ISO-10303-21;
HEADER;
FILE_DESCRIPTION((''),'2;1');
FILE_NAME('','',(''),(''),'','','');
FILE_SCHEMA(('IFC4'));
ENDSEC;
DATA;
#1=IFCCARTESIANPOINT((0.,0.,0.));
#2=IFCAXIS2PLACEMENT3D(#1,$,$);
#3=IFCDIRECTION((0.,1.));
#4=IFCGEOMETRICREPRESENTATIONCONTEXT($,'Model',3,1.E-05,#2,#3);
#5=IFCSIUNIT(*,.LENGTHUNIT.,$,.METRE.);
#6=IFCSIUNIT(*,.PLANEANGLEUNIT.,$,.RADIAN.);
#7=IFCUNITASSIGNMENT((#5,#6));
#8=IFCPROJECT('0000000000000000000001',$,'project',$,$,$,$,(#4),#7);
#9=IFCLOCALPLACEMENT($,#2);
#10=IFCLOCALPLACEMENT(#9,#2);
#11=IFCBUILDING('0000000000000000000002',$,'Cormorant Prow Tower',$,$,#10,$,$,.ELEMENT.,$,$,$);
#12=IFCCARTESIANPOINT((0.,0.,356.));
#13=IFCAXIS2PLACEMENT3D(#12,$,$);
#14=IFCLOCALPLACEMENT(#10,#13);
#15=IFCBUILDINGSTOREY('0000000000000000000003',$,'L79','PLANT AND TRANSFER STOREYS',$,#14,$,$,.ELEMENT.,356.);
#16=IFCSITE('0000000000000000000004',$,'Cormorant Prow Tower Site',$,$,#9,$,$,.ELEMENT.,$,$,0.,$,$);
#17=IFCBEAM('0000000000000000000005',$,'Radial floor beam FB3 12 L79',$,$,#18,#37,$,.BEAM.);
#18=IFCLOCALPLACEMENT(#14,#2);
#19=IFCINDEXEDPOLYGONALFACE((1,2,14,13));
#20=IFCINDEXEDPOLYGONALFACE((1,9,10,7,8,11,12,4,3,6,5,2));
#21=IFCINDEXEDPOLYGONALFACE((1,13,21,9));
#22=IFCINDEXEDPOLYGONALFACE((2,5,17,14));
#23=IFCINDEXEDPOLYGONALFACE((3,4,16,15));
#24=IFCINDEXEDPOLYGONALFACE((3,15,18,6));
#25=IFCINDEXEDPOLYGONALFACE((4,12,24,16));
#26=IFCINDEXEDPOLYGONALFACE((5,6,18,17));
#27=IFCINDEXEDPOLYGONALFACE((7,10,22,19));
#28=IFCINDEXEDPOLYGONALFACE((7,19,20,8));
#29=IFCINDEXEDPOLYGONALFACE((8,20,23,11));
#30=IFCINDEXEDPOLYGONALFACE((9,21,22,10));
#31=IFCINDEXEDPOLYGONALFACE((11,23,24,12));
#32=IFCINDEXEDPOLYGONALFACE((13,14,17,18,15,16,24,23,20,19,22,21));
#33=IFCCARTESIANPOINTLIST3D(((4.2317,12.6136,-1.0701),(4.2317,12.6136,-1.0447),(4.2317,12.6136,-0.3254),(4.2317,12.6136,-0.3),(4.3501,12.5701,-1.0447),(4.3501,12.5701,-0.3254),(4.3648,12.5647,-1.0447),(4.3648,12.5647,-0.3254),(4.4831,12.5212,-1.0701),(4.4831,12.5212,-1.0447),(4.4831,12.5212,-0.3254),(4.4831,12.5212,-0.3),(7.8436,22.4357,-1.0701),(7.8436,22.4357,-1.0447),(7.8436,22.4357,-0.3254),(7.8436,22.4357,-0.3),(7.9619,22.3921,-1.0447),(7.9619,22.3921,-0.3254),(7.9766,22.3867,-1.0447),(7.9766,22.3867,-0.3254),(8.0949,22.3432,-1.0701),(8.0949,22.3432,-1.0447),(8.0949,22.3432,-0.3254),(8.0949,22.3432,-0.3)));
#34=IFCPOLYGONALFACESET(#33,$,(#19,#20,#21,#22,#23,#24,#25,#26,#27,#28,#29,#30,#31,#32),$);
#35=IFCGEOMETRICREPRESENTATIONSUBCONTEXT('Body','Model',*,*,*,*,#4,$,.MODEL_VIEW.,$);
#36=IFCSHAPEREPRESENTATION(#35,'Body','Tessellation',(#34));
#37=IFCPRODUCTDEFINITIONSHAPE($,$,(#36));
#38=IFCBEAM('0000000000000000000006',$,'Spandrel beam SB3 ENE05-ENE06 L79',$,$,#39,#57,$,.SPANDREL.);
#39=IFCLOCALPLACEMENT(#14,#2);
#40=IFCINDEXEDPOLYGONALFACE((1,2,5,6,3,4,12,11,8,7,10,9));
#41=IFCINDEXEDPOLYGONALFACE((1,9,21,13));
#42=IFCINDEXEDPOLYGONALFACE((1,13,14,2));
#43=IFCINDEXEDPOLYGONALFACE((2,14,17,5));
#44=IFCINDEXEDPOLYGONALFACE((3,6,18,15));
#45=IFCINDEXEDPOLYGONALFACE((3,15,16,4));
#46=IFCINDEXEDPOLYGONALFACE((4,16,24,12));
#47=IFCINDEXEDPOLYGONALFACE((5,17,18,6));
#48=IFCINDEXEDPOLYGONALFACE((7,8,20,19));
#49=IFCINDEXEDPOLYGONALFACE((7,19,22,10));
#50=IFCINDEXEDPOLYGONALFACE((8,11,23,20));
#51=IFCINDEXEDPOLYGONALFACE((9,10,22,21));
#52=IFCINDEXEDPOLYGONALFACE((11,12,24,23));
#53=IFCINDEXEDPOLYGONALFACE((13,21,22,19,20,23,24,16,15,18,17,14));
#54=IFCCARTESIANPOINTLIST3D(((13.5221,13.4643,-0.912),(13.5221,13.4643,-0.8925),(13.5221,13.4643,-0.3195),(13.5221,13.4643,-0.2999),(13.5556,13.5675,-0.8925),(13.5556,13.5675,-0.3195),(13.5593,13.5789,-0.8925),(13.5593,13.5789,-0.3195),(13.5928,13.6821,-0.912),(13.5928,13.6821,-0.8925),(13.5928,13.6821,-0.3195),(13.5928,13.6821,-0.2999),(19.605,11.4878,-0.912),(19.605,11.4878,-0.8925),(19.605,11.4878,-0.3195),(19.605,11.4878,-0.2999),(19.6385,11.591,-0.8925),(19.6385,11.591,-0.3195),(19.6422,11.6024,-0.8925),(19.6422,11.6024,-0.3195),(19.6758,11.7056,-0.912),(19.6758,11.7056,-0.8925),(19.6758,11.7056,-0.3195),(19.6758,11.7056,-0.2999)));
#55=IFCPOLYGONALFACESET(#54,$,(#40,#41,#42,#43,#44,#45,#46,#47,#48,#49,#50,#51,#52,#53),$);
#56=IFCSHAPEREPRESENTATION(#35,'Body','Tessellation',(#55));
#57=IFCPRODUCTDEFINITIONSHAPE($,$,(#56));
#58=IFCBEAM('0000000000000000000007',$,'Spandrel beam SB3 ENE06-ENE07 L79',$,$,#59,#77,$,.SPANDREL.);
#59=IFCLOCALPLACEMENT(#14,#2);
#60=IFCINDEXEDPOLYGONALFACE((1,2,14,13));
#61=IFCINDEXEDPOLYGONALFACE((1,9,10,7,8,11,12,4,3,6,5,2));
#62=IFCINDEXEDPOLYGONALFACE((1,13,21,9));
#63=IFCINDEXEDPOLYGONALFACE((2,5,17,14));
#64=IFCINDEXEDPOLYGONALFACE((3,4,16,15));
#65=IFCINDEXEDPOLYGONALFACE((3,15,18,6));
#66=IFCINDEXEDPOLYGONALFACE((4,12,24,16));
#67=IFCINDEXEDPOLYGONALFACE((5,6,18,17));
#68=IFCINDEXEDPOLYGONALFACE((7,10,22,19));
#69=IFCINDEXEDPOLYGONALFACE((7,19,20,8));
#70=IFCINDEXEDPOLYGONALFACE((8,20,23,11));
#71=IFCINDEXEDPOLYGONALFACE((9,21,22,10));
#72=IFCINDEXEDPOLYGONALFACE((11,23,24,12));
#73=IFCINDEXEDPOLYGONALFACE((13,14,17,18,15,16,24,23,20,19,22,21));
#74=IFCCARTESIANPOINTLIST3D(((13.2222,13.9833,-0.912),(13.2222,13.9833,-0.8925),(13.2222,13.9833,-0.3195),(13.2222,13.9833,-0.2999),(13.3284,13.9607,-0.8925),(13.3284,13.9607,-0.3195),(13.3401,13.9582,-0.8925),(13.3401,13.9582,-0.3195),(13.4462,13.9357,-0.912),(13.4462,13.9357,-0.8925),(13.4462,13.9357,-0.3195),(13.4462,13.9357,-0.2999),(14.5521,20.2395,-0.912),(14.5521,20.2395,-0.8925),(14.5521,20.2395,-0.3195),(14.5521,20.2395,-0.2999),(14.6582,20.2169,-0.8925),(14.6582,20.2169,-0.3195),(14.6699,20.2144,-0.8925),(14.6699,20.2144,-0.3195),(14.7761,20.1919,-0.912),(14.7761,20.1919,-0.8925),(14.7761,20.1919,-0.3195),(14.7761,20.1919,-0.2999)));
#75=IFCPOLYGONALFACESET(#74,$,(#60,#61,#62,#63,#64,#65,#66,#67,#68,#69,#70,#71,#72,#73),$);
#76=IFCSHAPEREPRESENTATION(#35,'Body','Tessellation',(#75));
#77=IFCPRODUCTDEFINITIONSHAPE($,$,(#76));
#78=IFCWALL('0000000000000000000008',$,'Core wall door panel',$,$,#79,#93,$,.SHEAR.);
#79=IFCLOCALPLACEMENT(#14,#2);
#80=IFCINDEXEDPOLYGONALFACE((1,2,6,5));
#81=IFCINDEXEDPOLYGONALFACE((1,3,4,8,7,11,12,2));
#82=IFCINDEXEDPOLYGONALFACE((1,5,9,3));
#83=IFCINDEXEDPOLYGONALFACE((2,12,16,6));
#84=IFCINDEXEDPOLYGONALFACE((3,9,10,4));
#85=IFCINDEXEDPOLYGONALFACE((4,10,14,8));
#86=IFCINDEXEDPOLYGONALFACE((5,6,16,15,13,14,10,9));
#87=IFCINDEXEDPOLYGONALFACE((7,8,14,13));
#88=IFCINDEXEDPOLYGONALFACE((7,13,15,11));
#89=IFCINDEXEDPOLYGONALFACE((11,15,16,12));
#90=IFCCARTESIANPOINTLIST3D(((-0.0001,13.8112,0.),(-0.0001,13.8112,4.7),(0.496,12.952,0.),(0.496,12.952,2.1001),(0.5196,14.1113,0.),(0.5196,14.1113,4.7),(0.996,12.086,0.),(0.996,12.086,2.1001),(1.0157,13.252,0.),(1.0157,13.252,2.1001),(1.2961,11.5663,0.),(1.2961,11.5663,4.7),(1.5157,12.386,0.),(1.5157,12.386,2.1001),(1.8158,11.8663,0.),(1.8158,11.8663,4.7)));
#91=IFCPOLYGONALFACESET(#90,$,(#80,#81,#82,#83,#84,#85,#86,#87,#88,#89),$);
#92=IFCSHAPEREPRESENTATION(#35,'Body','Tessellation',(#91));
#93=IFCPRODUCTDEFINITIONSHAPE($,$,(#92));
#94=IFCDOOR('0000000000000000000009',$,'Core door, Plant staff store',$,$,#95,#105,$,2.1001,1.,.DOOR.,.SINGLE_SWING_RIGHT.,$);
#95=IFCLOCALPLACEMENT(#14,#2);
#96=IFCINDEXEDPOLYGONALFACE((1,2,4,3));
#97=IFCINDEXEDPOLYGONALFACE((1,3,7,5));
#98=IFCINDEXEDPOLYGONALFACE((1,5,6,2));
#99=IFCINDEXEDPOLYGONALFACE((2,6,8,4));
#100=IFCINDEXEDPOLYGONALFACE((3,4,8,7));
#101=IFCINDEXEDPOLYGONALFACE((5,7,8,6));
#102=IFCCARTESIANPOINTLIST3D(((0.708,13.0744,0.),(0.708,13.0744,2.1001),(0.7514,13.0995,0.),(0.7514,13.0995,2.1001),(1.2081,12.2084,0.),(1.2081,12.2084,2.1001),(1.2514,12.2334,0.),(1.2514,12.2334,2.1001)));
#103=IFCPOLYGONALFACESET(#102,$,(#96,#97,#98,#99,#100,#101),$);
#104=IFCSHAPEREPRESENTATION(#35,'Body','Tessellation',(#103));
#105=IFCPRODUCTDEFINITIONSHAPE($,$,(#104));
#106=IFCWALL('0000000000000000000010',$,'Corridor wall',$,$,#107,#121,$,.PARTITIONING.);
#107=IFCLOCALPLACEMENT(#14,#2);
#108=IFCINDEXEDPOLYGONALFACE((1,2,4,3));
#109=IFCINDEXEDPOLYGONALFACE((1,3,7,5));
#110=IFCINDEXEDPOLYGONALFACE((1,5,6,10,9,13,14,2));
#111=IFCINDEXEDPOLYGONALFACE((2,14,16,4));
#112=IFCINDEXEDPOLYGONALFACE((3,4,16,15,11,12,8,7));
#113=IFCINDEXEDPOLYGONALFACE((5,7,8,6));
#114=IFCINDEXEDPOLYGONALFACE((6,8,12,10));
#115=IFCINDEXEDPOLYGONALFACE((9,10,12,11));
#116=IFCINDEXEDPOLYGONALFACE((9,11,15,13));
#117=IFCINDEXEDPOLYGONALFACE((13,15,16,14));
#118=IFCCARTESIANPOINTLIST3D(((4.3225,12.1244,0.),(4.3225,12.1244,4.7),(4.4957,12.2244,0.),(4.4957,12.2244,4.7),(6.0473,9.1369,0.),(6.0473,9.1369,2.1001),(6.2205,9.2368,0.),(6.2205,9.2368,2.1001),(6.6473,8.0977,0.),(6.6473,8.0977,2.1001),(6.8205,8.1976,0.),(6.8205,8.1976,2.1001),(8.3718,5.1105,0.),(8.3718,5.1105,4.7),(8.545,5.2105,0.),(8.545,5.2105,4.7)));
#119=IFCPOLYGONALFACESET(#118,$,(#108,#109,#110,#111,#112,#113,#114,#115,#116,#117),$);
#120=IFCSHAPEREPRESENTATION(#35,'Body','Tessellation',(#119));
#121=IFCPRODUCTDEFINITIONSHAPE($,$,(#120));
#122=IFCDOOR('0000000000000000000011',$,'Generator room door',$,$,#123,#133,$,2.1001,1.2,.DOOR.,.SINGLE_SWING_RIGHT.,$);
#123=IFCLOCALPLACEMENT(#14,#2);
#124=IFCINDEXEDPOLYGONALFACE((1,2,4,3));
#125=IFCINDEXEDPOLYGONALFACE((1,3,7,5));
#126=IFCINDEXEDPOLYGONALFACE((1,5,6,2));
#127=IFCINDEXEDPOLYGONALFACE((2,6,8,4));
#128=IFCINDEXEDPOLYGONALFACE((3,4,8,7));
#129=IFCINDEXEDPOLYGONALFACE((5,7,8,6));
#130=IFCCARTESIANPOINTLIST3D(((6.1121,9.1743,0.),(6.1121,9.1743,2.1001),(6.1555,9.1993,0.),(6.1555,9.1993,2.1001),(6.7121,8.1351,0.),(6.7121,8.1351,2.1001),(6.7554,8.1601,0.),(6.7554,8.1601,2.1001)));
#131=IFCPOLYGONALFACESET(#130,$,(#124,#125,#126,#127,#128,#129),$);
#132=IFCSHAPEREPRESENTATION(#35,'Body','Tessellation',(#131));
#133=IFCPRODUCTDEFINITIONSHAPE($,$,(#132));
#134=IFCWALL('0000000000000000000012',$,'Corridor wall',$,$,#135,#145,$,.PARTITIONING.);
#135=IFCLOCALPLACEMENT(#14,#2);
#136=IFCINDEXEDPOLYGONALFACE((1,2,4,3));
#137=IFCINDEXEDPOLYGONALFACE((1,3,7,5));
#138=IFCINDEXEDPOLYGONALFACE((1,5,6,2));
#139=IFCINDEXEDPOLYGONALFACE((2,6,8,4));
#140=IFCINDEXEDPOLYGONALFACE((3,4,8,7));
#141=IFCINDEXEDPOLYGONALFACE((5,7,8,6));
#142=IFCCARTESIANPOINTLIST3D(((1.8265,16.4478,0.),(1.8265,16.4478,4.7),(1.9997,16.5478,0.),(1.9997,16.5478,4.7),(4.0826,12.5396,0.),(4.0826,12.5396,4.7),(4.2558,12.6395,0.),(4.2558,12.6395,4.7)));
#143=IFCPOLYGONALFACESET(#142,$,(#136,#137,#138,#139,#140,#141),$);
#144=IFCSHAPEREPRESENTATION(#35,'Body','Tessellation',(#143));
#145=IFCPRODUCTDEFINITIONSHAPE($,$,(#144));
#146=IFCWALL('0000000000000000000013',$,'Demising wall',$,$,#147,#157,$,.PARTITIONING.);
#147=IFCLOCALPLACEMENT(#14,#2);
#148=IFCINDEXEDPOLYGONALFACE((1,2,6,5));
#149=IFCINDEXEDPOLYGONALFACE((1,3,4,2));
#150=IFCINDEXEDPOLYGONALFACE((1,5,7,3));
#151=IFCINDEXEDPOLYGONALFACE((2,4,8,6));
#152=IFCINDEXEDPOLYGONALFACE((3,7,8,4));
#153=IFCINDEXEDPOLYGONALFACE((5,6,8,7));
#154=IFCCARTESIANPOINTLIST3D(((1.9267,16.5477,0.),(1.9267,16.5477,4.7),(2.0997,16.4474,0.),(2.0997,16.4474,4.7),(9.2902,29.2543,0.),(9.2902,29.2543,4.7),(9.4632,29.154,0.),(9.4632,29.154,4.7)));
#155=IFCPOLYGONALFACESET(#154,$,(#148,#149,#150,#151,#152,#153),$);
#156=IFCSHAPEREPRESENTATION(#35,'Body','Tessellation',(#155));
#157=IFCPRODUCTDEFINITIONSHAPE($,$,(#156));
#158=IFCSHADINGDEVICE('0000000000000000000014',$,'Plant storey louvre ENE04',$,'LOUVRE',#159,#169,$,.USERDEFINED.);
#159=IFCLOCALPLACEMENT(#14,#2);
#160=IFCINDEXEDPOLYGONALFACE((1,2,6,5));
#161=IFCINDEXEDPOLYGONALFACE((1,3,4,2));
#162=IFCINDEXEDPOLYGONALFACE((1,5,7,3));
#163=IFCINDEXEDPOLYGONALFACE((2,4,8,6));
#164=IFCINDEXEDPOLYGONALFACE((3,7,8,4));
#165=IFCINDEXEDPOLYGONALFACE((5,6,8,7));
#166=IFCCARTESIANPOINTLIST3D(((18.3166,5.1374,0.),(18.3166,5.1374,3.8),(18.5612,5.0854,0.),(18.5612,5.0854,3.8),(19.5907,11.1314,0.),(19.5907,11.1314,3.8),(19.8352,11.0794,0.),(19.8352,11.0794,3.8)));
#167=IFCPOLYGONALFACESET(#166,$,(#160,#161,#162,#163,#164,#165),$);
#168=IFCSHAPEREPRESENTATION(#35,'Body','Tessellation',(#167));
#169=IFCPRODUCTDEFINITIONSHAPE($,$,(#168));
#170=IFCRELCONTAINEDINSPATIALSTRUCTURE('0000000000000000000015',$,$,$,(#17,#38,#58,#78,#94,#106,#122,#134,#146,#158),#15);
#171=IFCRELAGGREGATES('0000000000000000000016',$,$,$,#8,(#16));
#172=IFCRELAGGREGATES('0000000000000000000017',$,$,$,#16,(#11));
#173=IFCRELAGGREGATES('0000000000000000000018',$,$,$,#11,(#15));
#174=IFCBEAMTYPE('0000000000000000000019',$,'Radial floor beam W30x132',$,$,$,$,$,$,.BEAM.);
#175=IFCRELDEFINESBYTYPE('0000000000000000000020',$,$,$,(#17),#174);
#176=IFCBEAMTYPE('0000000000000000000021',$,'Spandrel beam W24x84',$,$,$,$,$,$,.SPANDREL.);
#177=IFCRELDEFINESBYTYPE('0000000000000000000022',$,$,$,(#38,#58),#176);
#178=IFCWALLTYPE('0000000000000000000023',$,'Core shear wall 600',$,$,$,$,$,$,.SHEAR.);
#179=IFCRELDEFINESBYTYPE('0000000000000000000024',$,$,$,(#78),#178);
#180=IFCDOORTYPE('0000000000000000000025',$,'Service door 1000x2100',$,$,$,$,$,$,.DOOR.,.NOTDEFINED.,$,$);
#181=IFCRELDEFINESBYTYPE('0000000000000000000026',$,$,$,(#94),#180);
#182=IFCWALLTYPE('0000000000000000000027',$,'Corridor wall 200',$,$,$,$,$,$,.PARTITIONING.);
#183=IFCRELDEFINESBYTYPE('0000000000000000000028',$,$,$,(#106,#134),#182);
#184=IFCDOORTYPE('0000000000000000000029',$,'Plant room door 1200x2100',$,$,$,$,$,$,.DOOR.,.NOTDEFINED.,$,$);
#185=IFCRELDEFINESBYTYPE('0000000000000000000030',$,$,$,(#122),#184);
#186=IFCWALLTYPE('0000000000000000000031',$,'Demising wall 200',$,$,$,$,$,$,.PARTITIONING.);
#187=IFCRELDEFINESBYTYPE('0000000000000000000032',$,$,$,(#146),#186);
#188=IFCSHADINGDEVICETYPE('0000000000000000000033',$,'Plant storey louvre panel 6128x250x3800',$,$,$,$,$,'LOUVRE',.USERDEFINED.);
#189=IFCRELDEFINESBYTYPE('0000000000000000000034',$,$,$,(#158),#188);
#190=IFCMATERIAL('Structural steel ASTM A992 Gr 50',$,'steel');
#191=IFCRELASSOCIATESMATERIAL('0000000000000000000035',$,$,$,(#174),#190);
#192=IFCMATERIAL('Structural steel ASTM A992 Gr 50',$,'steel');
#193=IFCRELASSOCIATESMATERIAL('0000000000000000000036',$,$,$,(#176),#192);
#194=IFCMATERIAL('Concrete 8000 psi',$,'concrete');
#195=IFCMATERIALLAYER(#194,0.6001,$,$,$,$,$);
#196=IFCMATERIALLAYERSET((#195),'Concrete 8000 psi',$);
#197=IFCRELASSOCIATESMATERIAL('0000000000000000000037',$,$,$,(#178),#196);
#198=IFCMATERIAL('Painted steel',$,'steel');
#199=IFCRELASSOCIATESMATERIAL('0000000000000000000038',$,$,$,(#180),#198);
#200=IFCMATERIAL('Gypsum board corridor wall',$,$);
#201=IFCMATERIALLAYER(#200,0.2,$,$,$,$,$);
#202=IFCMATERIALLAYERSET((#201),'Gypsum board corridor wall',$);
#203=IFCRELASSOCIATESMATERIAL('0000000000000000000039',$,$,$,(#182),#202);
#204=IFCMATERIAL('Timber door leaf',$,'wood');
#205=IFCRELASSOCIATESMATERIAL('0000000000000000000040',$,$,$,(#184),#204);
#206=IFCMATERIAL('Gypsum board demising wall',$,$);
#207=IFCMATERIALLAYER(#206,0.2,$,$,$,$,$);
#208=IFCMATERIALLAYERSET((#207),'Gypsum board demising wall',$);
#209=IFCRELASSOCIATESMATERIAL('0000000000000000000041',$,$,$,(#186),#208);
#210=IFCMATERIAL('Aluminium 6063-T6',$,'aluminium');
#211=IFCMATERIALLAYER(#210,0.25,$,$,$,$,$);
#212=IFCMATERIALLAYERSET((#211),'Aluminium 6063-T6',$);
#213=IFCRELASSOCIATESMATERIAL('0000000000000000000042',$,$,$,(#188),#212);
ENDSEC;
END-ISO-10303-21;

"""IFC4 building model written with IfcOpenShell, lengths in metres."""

from ifc_helpers import new_model, si_unit, direction, frame, frame_2d, origin, origin_2d, place, context, subcontext, project, spatial, rectangle, i_section, extrude, material, layer, layer_set, material_profile, profile_set, type_object, element, fill, save


model = new_model("IFC4")

# Units and contexts
model_context = context("Model", 3, precision=1e-05, world=origin(), true_north=direction((0.0, 1.0)))
body_context = subcontext(model_context, "Body", "Model", "MODEL_VIEW")
ifc_project = project(units=[si_unit("LENGTHUNIT", "METRE"), si_unit("PLANEANGLEUNIT", "RADIAN")], contexts=[model_context])

# Site, building, storey
site_placement = place(None, origin())
site = spatial("IfcSite", under=ifc_project, at=site_placement, Name="Cormorant Prow Tower Site", CompositionType="ELEMENT", RefElevation=0.0)
building_placement = place(site_placement, origin())
building = spatial("IfcBuilding", under=site, at=building_placement, Name="Cormorant Prow Tower", CompositionType="ELEMENT")
storey_placement = place(building_placement, frame((0.0, 0.0, 356.0)))
storey = spatial("IfcBuildingStorey", under=building, at=storey_placement, Name="L79", Description="PLANT AND TRANSFER STOREYS", CompositionType="ELEMENT", Elevation=356.0)

# Beams
ifc_material_1 = material(Name="Structural steel ASTM A992 Gr 50", Category="steel")
ifc_material_profile_1 = material_profile(ifc_material_1, i_section(OverallWidth=0.2678, OverallDepth=0.77, WebThickness=0.0156, FlangeThickness=0.0254, at=origin_2d()), Name="W30x132")
ifc_profile_set_1 = profile_set([ifc_material_profile_1], Name="Structural steel ASTM A992 Gr 50")
beam_type_1 = type_object("IfcBeamType", Name="Radial floor beam W30x132", PredefinedType="BEAM", material=ifc_profile_set_1)
beam_placement = place(storey_placement, frame((4.3574, 12.5674, -0.6851), z_axis=(0.345131, 0.938554, 0.0), x_axis=(-0.938554, 0.345131, 0.0)))
element("IfcBeam", 1, at=beam_placement, inside=storey, type_object=beam_type_1, Name="Radial floor beam FB3 12 L79", PredefinedType="BEAM", context=body_context, shape_type="SweptSolid", body=[
    extrude(i_section(OverallWidth=0.2678, OverallDepth=0.77, WebThickness=0.0156, FlangeThickness=0.0254, at=origin_2d()), origin(), (0.0, 0.0, 1.0), 10.4651),
])
ifc_material_2 = material(Name="Structural steel ASTM A992 Gr 50", Category="steel")
ifc_material_profile_2 = material_profile(ifc_material_2, i_section(OverallWidth=0.229, OverallDepth=0.6121, WebThickness=0.012, FlangeThickness=0.0195, at=origin_2d()), Name="W24x84")
ifc_profile_set_2 = profile_set([ifc_material_profile_2], Name="Structural steel ASTM A992 Gr 50")
beam_type_2 = type_object("IfcBeamType", Name="Spandrel beam W24x84", PredefinedType="SPANDREL", material=ifc_profile_set_2)
for number, where, z_axis, x_axis, name in (
    (2, (19.6404, 11.5967, -0.606), (-0.951053, 0.309027, 0.0), (-0.309027, -0.951053, 0.0), "Spandrel beam SB3 ENE05-ENE06 L79"),
    (3, (13.3342, 13.9595, -0.606), (0.20792, 0.978146, 0.0), (-0.978146, 0.20792, 0.0), "Spandrel beam SB3 ENE06-ENE07 L79"),
):
    element("IfcBeam", number, at=place(storey_placement, frame(where, z_axis=z_axis, x_axis=x_axis)), inside=storey, type_object=beam_type_2, Name=name, PredefinedType="SPANDREL", context=body_context, shape_type="SweptSolid", body=[
        extrude(i_section(OverallWidth=0.229, OverallDepth=0.6121, WebThickness=0.012, FlangeThickness=0.0195, at=origin_2d()), origin(), (0.0, 0.0, 1.0), 6.396),
    ])

# Walls, openings, doors
ifc_material_3 = material(Name="Concrete 8000 psi", Category="concrete")
ifc_layer_1 = layer(ifc_material_3, 0.6001)
ifc_layer_set_1 = layer_set([ifc_layer_1], Name="Concrete 8000 psi")
wall_type_1 = type_object("IfcWallType", Name="Core shear wall 600", PredefinedType="SHEAR", material=ifc_layer_set_1)
wall_1_placement = place(storey_placement, frame((1.5559, 11.7163, 0.0), z_axis=(0.0, 0.0, 1.0), x_axis=(-0.500019, 0.866015, 0.0)))
wall_1 = element("IfcWall", 4, at=wall_1_placement, inside=storey, type_object=wall_type_1, Name="Core wall door panel", PredefinedType="SHEAR", context=body_context, shape_type="SweptSolid", body=[
    extrude(rectangle(XDim=2.5923, YDim=0.6001, at=frame_2d((1.2961, 0.0))), origin(), (0.0, 0.0, 1.0), 4.7),
])
opening_1_placement = place(wall_1_placement, frame((0.6001, 0.0, 0.0)))
opening_1 = element("IfcOpeningElement", 5, at=opening_1_placement, cuts=wall_1, PredefinedType="OPENING", context=body_context, shape_type="SweptSolid", body=[
    extrude(rectangle(XDim=1.0, YDim=2.1001, at=frame_2d((0.5, 1.05))), frame((0.0, 0.3101, 0.0), z_axis=(0.0, -1.0, 0.0), x_axis=(1.0, 0.0, 0.0)), (0.0, 0.0, 1.0), 0.6201),
])
ifc_material_4 = material(Name="Painted steel", Category="steel")
door_type_1 = type_object("IfcDoorType", Name="Service door 1000x2100", OperationType="NOTDEFINED", PredefinedType="DOOR", material=ifc_material_4)
door_1_placement = place(opening_1_placement, origin())
door_1 = element("IfcDoor", 6, at=door_1_placement, inside=storey, type_object=door_type_1, Name="Core door, Plant staff store", OperationType="SINGLE_SWING_RIGHT", OverallHeight=2.1001, OverallWidth=1.0, PredefinedType="DOOR", context=body_context, shape_type="SweptSolid", body=[
    extrude(rectangle(XDim=1.0, YDim=2.1001, at=frame_2d((0.5, 1.05))), frame((0.0, 0.0552, 0.0), z_axis=(0.0, -1.0, 0.0), x_axis=(1.0, 0.0, 0.0)), (0.0, 0.0, 1.0), 0.05),
])
fill(opening_1, door_1)
ifc_material_5 = material(Name="Gypsum board corridor wall")
ifc_layer_2 = layer(ifc_material_5, 0.2)
ifc_layer_set_2 = layer_set([ifc_layer_2], Name="Gypsum board corridor wall")
wall_type_2 = type_object("IfcWallType", Name="Corridor wall 200", PredefinedType="PARTITIONING", material=ifc_layer_set_2)
wall_2_placement = place(storey_placement, frame((4.4092, 12.1743, 0.0), z_axis=(0.0, 0.0, 1.0), x_axis=(0.499984, -0.866034, 0.0)))
wall_2 = element("IfcWall", 7, at=wall_2_placement, inside=storey, type_object=wall_type_2, Name="Corridor wall", PredefinedType="PARTITIONING", context=body_context, shape_type="SweptSolid", body=[
    extrude(rectangle(XDim=8.0989, YDim=0.2, at=frame_2d((4.0493, 0.0))), origin(), (0.0, 0.0, 1.0), 4.7),
])
opening_2_placement = place(wall_2_placement, frame((3.4495, 0.0, 0.0)))
opening_2 = element("IfcOpeningElement", 8, at=opening_2_placement, cuts=wall_2, PredefinedType="OPENING", context=body_context, shape_type="SweptSolid", body=[
    extrude(rectangle(XDim=1.2, YDim=2.1001, at=frame_2d((0.6001, 1.05))), frame((0.0, 0.1099, 0.0), z_axis=(0.0, -1.0, 0.0), x_axis=(1.0, 0.0, 0.0)), (0.0, 0.0, 1.0), 0.22),
])
ifc_material_6 = material(Name="Timber door leaf", Category="wood")
door_type_2 = type_object("IfcDoorType", Name="Plant room door 1200x2100", OperationType="NOTDEFINED", PredefinedType="DOOR", material=ifc_material_6)
door_2_placement = place(opening_2_placement, origin())
door_2 = element("IfcDoor", 9, at=door_2_placement, inside=storey, type_object=door_type_2, Name="Generator room door", OperationType="SINGLE_SWING_RIGHT", OverallHeight=2.1001, OverallWidth=1.2, PredefinedType="DOOR", context=body_context, shape_type="SweptSolid", body=[
    extrude(rectangle(XDim=1.2, YDim=2.1001, at=frame_2d((0.6001, 1.05))), frame((0.0, 0.0249, 0.0), z_axis=(0.0, -1.0, 0.0), x_axis=(1.0, 0.0, 0.0)), (0.0, 0.0, 1.0), 0.05),
])
fill(opening_2, door_2)

# Walls
wall_3_placement = place(storey_placement, frame((1.9131, 16.4978, 0.0), z_axis=(0.0, 0.0, 1.0), x_axis=(0.49995, -0.866054, 0.0)))
element("IfcWall", 10, at=wall_3_placement, inside=storey, type_object=wall_type_2, Name="Corridor wall", PredefinedType="PARTITIONING", context=body_context, shape_type="SweptSolid", body=[
    extrude(rectangle(XDim=4.5127, YDim=0.2, at=frame_2d((2.2563, 0.0))), origin(), (0.0, 0.0, 1.0), 4.7),
])
ifc_material_7 = material(Name="Gypsum board demising wall")
ifc_layer_3 = layer(ifc_material_7, 0.2)
ifc_layer_set_3 = layer_set([ifc_layer_3], Name="Gypsum board demising wall")
wall_type_3 = type_object("IfcWallType", Name="Demising wall 200", PredefinedType="PARTITIONING", material=ifc_layer_set_3)
wall_4_placement = place(storey_placement, frame((2.0132, 16.4976, 0.0), z_axis=(0.0, 0.0, 1.0), x_axis=(0.501399, 0.865216, 0.0)))
element("IfcWall", 11, at=wall_4_placement, inside=storey, type_object=wall_type_3, Name="Demising wall", PredefinedType="PARTITIONING", context=body_context, shape_type="SweptSolid", body=[
    extrude(rectangle(XDim=14.686, YDim=0.2, at=frame_2d((7.343, 0.0))), origin(), (0.0, 0.0, 1.0), 4.7),
])

# Shading device
ifc_material_8 = material(Name="Aluminium 6063-T6", Category="aluminium")
ifc_layer_4 = layer(ifc_material_8, 0.25)
ifc_layer_set_4 = layer_set([ifc_layer_4], Name="Aluminium 6063-T6")
shading_device_type = type_object("IfcShadingDeviceType", Name="Plant storey louvre panel 6128x250x3800", ElementType="LOUVRE", PredefinedType="USERDEFINED", material=ifc_layer_set_4)
for number, where, z_axis, x_axis, name in (
    (12, (19.0759, 8.1084, 0.0), (0.0, 0.0, 1.0), (0.207912, 0.978148, 0.0), "Plant storey louvre ENE04"),
):
    element("IfcShadingDevice", number, at=place(storey_placement, frame(where, z_axis=z_axis, x_axis=x_axis)), inside=storey, type_object=shading_device_type, Name=name, ObjectType="LOUVRE", PredefinedType="USERDEFINED", context=body_context, shape_type="SweptSolid", body=[
        extrude(rectangle(XDim=6.1279, YDim=0.25, at=origin_2d()), origin(), (0.0, 0.0, 1.0), 3.8),
    ])

save(model, "model.ifc")
